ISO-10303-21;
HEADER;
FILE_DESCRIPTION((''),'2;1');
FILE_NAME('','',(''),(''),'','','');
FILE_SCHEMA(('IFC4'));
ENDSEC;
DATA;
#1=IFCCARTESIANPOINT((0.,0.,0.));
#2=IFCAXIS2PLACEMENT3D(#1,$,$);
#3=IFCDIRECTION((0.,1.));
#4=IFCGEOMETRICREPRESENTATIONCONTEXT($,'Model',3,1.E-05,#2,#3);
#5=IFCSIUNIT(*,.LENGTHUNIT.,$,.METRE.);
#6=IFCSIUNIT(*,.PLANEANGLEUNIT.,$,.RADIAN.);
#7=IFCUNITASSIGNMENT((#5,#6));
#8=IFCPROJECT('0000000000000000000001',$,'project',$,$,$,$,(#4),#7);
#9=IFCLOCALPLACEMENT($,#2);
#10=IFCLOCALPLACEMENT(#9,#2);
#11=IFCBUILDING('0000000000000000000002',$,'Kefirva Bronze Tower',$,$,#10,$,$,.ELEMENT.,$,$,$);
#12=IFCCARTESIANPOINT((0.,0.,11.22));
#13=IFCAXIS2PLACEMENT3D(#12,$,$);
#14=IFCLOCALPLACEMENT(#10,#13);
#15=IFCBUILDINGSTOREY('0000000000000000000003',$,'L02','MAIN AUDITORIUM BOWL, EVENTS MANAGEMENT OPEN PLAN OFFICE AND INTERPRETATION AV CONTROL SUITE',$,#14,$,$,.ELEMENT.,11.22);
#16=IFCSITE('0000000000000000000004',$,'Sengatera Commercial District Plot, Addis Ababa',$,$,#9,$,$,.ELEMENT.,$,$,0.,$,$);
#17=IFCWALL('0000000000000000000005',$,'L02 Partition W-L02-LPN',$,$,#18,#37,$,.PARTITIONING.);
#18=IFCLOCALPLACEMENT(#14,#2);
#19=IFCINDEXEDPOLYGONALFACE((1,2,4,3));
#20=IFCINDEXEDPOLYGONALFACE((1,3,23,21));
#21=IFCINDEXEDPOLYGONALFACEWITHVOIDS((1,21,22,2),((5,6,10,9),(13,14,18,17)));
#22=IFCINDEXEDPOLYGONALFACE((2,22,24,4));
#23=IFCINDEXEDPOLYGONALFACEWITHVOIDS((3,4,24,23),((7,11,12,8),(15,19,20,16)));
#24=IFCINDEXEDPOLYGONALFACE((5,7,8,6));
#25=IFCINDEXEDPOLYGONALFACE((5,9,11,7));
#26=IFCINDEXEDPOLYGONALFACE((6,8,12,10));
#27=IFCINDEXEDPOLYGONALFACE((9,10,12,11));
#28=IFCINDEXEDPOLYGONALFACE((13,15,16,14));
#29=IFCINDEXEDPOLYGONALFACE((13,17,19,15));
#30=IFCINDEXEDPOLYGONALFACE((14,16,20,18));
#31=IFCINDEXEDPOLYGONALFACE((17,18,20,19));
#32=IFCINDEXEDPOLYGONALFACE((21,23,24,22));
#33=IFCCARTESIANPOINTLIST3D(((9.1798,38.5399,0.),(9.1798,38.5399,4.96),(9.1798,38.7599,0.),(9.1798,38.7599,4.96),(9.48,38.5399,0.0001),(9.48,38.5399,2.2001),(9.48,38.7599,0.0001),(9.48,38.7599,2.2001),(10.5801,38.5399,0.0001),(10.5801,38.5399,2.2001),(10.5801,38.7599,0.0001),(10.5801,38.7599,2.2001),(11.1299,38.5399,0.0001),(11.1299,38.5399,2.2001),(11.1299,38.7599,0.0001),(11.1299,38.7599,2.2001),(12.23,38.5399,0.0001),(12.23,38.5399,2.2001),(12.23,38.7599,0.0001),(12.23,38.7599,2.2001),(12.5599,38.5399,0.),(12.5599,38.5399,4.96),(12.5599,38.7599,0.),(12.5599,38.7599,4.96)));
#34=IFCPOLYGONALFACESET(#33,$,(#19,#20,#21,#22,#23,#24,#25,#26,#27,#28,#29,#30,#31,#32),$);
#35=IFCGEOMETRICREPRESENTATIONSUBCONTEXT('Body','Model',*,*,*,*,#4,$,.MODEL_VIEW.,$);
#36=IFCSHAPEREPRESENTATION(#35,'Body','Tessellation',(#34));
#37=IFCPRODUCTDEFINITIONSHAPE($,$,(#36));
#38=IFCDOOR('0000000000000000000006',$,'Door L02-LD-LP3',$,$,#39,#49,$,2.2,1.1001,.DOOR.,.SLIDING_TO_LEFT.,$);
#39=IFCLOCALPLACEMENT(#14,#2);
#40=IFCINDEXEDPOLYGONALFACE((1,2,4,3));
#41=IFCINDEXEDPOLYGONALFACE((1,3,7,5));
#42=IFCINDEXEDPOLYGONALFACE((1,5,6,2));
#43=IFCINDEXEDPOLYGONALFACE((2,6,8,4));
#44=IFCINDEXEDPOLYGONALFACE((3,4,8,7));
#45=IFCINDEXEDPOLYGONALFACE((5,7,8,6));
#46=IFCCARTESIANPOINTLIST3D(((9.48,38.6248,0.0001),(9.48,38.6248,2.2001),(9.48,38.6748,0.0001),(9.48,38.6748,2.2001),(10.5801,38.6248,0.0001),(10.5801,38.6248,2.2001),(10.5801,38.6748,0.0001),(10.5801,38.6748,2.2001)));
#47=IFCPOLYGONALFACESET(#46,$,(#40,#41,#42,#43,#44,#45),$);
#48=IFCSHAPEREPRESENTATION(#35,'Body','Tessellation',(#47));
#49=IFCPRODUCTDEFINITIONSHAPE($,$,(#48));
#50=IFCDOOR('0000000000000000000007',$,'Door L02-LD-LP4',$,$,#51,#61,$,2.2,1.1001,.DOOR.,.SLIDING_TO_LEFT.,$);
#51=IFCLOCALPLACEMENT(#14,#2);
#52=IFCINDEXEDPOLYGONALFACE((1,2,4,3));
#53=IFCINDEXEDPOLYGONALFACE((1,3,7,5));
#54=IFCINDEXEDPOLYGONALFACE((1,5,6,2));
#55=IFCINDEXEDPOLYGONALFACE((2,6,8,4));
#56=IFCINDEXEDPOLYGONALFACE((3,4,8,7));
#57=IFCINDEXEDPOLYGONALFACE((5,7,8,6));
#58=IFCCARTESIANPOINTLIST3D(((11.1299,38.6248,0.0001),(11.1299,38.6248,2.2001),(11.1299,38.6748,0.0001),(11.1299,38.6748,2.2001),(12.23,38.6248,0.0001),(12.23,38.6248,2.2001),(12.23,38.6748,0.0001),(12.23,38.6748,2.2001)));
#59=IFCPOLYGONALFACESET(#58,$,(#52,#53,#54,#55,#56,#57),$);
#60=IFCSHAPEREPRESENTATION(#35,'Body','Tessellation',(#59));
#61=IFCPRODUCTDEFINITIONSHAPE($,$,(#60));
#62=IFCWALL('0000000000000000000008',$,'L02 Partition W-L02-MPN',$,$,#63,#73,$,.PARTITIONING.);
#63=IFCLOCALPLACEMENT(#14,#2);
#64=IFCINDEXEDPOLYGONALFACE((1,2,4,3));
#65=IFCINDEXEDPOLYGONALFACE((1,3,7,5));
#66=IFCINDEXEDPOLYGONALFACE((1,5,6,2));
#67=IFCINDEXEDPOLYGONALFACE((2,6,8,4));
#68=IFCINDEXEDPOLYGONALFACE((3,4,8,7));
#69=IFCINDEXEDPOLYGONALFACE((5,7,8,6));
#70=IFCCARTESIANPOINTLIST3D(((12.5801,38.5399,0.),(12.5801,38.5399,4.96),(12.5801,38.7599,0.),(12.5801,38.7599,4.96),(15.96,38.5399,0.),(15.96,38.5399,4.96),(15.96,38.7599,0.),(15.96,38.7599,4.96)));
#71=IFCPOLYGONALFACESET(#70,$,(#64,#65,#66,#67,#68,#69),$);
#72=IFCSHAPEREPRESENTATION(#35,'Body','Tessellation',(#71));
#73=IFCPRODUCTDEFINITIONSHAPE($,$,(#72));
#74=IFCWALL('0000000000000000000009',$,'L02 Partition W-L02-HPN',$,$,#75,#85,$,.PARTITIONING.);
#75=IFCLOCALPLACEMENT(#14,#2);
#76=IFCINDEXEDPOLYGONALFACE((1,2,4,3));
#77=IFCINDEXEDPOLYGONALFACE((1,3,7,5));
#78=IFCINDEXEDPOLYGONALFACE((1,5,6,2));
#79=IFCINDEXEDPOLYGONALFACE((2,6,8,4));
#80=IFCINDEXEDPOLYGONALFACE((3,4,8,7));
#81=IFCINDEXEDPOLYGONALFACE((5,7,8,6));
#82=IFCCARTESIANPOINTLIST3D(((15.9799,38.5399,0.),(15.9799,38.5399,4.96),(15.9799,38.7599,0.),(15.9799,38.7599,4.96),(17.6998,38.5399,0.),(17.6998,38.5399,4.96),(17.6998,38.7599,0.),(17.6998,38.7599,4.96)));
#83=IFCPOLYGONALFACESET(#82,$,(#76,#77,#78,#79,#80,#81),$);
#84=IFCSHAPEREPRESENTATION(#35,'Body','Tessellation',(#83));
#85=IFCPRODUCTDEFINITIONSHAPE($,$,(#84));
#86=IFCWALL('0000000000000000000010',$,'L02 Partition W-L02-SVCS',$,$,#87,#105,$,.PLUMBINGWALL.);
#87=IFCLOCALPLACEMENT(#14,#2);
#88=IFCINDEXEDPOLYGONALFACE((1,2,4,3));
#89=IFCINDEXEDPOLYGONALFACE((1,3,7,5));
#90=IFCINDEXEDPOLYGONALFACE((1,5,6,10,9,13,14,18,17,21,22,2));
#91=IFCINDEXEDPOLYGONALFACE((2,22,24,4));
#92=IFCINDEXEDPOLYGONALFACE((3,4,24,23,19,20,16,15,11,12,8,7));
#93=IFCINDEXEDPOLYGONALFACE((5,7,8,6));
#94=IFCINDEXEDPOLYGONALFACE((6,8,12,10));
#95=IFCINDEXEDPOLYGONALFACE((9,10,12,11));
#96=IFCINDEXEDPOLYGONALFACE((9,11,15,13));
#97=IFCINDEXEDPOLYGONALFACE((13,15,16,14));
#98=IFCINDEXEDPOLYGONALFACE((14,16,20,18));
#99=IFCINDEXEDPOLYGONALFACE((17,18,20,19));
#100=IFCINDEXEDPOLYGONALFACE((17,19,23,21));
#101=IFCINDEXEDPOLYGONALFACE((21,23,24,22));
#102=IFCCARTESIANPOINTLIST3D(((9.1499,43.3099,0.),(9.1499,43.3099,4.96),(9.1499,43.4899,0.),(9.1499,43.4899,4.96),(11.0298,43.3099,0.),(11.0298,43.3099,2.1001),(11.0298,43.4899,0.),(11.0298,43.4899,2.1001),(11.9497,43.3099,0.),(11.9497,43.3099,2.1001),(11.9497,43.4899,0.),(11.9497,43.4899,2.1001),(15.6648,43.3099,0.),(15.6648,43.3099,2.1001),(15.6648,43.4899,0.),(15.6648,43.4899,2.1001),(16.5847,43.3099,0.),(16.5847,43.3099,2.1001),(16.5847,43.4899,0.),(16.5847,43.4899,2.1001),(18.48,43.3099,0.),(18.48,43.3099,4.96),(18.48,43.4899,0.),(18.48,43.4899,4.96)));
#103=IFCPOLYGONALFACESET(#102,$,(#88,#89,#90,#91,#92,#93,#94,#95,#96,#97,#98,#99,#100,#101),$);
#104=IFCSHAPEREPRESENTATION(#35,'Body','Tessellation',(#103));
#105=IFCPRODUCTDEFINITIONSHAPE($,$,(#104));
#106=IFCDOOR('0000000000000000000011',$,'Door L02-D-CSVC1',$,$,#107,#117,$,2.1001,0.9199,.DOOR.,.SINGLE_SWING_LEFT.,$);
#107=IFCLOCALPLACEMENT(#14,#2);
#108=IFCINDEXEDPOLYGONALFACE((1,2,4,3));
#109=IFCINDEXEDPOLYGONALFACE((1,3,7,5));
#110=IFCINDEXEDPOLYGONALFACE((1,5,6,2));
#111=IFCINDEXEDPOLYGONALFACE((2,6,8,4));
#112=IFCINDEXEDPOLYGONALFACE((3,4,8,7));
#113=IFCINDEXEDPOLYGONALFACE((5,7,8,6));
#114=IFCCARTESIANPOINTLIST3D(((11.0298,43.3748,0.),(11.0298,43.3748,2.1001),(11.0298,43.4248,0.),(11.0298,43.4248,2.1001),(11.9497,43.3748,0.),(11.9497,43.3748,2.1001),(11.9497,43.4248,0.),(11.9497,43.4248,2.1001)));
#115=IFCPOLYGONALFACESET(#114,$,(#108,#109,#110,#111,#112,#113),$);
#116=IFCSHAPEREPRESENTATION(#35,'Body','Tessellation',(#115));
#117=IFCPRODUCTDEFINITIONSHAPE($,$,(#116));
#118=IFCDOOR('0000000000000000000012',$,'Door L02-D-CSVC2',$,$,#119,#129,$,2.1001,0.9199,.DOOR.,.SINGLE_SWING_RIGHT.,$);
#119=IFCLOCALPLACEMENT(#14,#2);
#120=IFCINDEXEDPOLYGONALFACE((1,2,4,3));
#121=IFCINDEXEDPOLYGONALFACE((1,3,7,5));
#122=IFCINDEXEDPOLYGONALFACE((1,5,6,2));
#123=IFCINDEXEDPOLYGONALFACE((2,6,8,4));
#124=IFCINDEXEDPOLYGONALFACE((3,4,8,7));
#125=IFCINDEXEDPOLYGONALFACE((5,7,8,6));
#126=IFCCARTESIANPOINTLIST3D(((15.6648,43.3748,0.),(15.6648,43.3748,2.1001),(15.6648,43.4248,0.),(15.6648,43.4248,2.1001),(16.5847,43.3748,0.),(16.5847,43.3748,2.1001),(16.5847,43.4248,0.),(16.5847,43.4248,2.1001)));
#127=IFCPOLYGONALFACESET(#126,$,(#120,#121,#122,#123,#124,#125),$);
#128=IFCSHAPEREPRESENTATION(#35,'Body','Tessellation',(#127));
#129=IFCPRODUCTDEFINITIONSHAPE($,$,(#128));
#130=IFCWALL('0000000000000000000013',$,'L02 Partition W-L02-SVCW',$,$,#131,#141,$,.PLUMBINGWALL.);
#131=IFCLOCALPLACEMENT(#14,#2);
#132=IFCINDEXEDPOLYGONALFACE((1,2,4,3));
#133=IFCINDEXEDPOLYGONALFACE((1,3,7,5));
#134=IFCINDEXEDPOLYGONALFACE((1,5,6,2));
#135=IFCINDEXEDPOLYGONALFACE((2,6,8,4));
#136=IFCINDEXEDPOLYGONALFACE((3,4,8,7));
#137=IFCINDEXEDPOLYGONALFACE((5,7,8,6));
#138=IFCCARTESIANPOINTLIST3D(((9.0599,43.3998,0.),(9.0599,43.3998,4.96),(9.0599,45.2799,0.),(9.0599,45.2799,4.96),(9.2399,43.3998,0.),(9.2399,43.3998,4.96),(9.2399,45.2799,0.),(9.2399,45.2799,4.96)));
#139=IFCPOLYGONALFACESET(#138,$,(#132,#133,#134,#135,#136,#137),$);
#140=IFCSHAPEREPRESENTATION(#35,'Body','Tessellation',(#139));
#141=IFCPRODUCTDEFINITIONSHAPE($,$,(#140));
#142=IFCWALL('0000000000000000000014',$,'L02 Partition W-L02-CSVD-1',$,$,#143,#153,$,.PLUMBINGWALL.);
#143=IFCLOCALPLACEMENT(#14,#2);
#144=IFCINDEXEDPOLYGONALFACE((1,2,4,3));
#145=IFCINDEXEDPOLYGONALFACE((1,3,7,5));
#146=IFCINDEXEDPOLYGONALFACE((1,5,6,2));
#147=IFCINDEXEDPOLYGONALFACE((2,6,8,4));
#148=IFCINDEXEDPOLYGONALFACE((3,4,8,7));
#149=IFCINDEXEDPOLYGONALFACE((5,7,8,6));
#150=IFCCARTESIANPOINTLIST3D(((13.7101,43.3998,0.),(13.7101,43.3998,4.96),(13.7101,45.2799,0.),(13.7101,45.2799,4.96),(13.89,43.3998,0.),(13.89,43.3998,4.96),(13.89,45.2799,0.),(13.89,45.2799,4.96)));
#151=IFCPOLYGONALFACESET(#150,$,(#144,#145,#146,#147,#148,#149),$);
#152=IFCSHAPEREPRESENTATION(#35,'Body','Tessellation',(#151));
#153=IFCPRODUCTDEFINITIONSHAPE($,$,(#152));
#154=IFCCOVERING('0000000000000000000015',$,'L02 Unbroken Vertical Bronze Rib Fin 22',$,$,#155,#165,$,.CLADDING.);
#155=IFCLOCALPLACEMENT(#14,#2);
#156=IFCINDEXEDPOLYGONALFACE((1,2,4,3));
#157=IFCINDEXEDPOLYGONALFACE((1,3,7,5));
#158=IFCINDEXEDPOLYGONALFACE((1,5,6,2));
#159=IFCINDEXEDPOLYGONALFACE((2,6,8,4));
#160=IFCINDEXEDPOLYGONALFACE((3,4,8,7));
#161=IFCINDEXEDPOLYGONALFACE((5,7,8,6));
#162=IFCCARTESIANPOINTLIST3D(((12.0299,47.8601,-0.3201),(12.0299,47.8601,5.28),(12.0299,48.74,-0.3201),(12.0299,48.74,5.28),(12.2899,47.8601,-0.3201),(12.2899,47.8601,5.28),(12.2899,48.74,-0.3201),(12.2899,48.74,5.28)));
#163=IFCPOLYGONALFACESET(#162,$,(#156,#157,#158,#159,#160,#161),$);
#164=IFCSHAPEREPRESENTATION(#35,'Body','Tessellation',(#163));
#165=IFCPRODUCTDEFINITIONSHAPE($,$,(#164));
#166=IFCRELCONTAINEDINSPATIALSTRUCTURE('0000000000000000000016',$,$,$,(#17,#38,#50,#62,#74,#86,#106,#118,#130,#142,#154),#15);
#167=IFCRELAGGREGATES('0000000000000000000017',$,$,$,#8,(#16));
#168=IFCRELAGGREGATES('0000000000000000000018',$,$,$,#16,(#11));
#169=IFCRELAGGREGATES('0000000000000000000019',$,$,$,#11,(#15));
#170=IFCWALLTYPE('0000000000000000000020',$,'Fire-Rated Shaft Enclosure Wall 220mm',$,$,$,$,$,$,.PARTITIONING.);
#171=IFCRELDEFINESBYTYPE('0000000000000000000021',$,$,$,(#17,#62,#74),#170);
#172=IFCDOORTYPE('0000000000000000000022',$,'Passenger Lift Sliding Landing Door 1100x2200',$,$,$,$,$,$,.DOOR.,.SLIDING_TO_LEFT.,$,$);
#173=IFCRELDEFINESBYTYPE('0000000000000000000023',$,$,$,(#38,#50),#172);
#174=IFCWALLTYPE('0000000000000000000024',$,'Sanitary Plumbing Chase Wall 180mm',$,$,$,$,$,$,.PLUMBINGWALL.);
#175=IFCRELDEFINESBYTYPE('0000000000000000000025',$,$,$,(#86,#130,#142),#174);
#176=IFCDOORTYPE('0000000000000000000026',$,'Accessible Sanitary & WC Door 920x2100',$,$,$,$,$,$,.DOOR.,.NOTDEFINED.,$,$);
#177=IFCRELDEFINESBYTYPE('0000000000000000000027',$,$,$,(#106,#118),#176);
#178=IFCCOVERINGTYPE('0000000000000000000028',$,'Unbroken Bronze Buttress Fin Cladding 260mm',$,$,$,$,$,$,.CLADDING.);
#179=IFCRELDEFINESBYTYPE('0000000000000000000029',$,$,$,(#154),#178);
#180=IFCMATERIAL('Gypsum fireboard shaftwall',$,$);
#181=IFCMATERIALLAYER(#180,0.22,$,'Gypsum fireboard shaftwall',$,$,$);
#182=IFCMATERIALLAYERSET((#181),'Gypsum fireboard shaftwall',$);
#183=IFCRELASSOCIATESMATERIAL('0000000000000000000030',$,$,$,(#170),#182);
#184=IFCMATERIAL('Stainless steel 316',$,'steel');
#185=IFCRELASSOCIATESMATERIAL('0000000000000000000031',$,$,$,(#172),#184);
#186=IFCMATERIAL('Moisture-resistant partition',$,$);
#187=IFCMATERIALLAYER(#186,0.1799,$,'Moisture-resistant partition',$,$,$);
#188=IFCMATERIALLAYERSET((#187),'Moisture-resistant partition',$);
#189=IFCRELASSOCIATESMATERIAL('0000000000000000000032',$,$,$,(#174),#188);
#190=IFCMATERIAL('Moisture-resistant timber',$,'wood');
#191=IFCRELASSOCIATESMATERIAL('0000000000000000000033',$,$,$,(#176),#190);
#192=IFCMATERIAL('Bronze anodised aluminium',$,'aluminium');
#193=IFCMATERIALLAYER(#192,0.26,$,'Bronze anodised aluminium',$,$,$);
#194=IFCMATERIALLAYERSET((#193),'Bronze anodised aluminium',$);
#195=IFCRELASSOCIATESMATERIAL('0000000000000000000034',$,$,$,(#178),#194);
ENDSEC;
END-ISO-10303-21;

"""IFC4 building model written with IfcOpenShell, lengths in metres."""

from ifc_helpers import new_model, si_unit, direction, frame, frame_2d, origin, origin_2d, place, context, subcontext, project, spatial, rectangle, extrude, material, layer, layer_set, type_object, element, fill, save


model = new_model("IFC4")

# Units and contexts
model_context = context("Model", 3, precision=1e-05, world=origin(), true_north=direction((0.0, 1.0)))
body_context = subcontext(model_context, "Body", "Model", "MODEL_VIEW")
ifc_project = project(units=[si_unit("LENGTHUNIT", "METRE"), si_unit("PLANEANGLEUNIT", "RADIAN")], contexts=[model_context])

# Site, building, storey
site_placement = place(None, origin())
site = spatial("IfcSite", under=ifc_project, at=site_placement, Name="Sengatera Commercial District Plot, Addis Ababa", CompositionType="ELEMENT", RefElevation=0.0)
building_placement = place(site_placement, origin())
building = spatial("IfcBuilding", under=site, at=building_placement, Name="Kefirva Bronze Tower", CompositionType="ELEMENT")
storey_placement = place(building_placement, frame((0.0, 0.0, 11.22)))
storey = spatial("IfcBuildingStorey", under=building, at=storey_placement, Name="L02", Description="MAIN AUDITORIUM BOWL, EVENTS MANAGEMENT OPEN PLAN OFFICE AND INTERPRETATION AV CONTROL SUITE", CompositionType="ELEMENT", Elevation=11.22)

# Shared definitions
ifc_material_1 = material(Name="Bronze anodised aluminium", Category="aluminium")

# Shared definitions
ifc_material_2 = material(Name="Gypsum fireboard shaftwall")
ifc_layer_1 = layer(ifc_material_2, 0.22, Name="Gypsum fireboard shaftwall")
ifc_layer_set_1 = layer_set([ifc_layer_1], Name="Gypsum fireboard shaftwall")
wall_type_1 = type_object("IfcWallType", Name="Fire-Rated Shaft Enclosure Wall 220mm", PredefinedType="PARTITIONING", material=ifc_layer_set_1)

# Wall, openings, doors
wall_1_placement = place(storey_placement, frame((9.1799, 38.6499, 0.0), z_axis=(0.0, 0.0, 1.0), x_axis=(1.0, 0.0, 0.0)))
wall_1 = element("IfcWall", 1, at=wall_1_placement, inside=storey, type_object=wall_type_1, Name="L02 Partition W-L02-LPN", PredefinedType="PARTITIONING", context=body_context, shape_type="SweptSolid", body=[
    extrude(rectangle(XDim=3.3801, YDim=0.22, at=frame_2d((1.6899, 0.0))), origin(), (0.0, 0.0, 1.0), 4.96),
])
opening_1_placement = place(wall_1_placement, frame((0.3, 0.0, 0.0)))
opening_1 = element("IfcOpeningElement", 2, at=opening_1_placement, cuts=wall_1, PredefinedType="OPENING", context=body_context, shape_type="SweptSolid", body=[
    extrude(rectangle(XDim=1.1001, YDim=2.2, at=frame_2d((0.55, 1.1001))), frame((0.0, 0.1201, 0.0), z_axis=(0.0, -1.0, 0.0), x_axis=(1.0, 0.0, 0.0)), (0.0, 0.0, 1.0), 0.24),
])
opening_2_placement = place(wall_1_placement, frame((1.95, 0.0, 0.0)))
opening_2 = element("IfcOpeningElement", 3, at=opening_2_placement, cuts=wall_1, PredefinedType="OPENING", context=body_context, shape_type="SweptSolid", body=[
    extrude(rectangle(XDim=1.1001, YDim=2.2, at=frame_2d((0.55, 1.1001))), frame((0.0, 0.1201, 0.0), z_axis=(0.0, -1.0, 0.0), x_axis=(1.0, 0.0, 0.0)), (0.0, 0.0, 1.0), 0.24),
])
ifc_material_3 = material(Name="Stainless steel 316", Category="steel")
door_type_1 = type_object("IfcDoorType", Name="Passenger Lift Sliding Landing Door 1100x2200", OperationType="SLIDING_TO_LEFT", PredefinedType="DOOR", material=ifc_material_3)
door_1_placement = place(opening_1_placement, origin())
door_1 = element("IfcDoor", 4, at=door_1_placement, inside=storey, type_object=door_type_1, Name="Door L02-LD-LP3", OperationType="SLIDING_TO_LEFT", OverallHeight=2.2, OverallWidth=1.1001, PredefinedType="DOOR", context=body_context, shape_type="SweptSolid", body=[
    extrude(rectangle(XDim=1.1001, YDim=2.2, at=frame_2d((0.55, 1.1001))), frame((0.0, 0.0249, 0.0), z_axis=(0.0, -1.0, 0.0), x_axis=(1.0, 0.0, 0.0)), (0.0, 0.0, 1.0), 0.05),
])
fill(opening_1, door_1)
door_2_placement = place(opening_2_placement, origin())
door_2 = element("IfcDoor", 5, at=door_2_placement, inside=storey, type_object=door_type_1, Name="Door L02-LD-LP4", OperationType="SLIDING_TO_LEFT", OverallHeight=2.2, OverallWidth=1.1001, PredefinedType="DOOR", context=body_context, shape_type="SweptSolid", body=[
    extrude(rectangle(XDim=1.1001, YDim=2.2, at=frame_2d((0.55, 1.1001))), frame((0.0, 0.0249, 0.0), z_axis=(0.0, -1.0, 0.0), x_axis=(1.0, 0.0, 0.0)), (0.0, 0.0, 1.0), 0.05),
])
fill(opening_2, door_2)

# Walls
wall_2_placement = place(storey_placement, frame((12.5801, 38.6499, 0.0), z_axis=(0.0, 0.0, 1.0), x_axis=(1.0, 0.0, 0.0)))
element("IfcWall", 6, at=wall_2_placement, inside=storey, type_object=wall_type_1, Name="L02 Partition W-L02-MPN", PredefinedType="PARTITIONING", context=body_context, shape_type="SweptSolid", body=[
    extrude(rectangle(XDim=3.3799, YDim=0.22, at=frame_2d((1.6899, 0.0))), origin(), (0.0, 0.0, 1.0), 4.96),
])
wall_3_placement = place(storey_placement, frame((15.98, 38.6499, 0.0), z_axis=(0.0, 0.0, 1.0), x_axis=(1.0, 0.0, 0.0)))
element("IfcWall", 7, at=wall_3_placement, inside=storey, type_object=wall_type_1, Name="L02 Partition W-L02-HPN", PredefinedType="PARTITIONING", context=body_context, shape_type="SweptSolid", body=[
    extrude(rectangle(XDim=1.72, YDim=0.22, at=frame_2d((0.8599, 0.0))), origin(), (0.0, 0.0, 1.0), 4.96),
])

# Wall, openings, doors
ifc_material_4 = material(Name="Moisture-resistant partition")
ifc_layer_2 = layer(ifc_material_4, 0.1799, Name="Moisture-resistant partition")
ifc_layer_set_2 = layer_set([ifc_layer_2], Name="Moisture-resistant partition")
wall_type_2 = type_object("IfcWallType", Name="Sanitary Plumbing Chase Wall 180mm", PredefinedType="PLUMBINGWALL", material=ifc_layer_set_2)
wall_4_placement = place(storey_placement, frame((9.1499, 43.3999, 0.0), z_axis=(0.0, 0.0, 1.0), x_axis=(1.0, 0.0, 0.0)))
wall_4 = element("IfcWall", 8, at=wall_4_placement, inside=storey, type_object=wall_type_2, Name="L02 Partition W-L02-SVCS", PredefinedType="PLUMBINGWALL", context=body_context, shape_type="SweptSolid", body=[
    extrude(rectangle(XDim=9.3301, YDim=0.1799, at=frame_2d((4.665, 0.0))), origin(), (0.0, 0.0, 1.0), 4.96),
])
opening_3_placement = place(wall_4_placement, frame((1.8799, 0.0, 0.0)))
opening_3 = element("IfcOpeningElement", 9, at=opening_3_placement, cuts=wall_4, PredefinedType="OPENING", context=body_context, shape_type="SweptSolid", body=[
    extrude(rectangle(XDim=0.9199, YDim=2.1001, at=frame_2d((0.46, 1.05))), frame((0.0, 0.1001, 0.0), z_axis=(0.0, -1.0, 0.0), x_axis=(1.0, 0.0, 0.0)), (0.0, 0.0, 1.0), 0.2),
])
opening_4_placement = place(wall_4_placement, frame((6.5149, 0.0, 0.0)))
opening_4 = element("IfcOpeningElement", 10, at=opening_4_placement, cuts=wall_4, PredefinedType="OPENING", context=body_context, shape_type="SweptSolid", body=[
    extrude(rectangle(XDim=0.9199, YDim=2.1001, at=frame_2d((0.46, 1.05))), frame((0.0, 0.1001, 0.0), z_axis=(0.0, -1.0, 0.0), x_axis=(1.0, 0.0, 0.0)), (0.0, 0.0, 1.0), 0.2),
])
ifc_material_5 = material(Name="Moisture-resistant timber", Category="wood")
door_type_2 = type_object("IfcDoorType", Name="Accessible Sanitary & WC Door 920x2100", OperationType="NOTDEFINED", PredefinedType="DOOR", material=ifc_material_5)
door_3_placement = place(opening_3_placement, origin())
door_3 = element("IfcDoor", 11, at=door_3_placement, inside=storey, type_object=door_type_2, Name="Door L02-D-CSVC1", OperationType="SINGLE_SWING_LEFT", OverallHeight=2.1001, OverallWidth=0.9199, PredefinedType="DOOR", context=body_context, shape_type="SweptSolid", body=[
    extrude(rectangle(XDim=0.9199, YDim=2.1001, at=frame_2d((0.46, 1.05))), frame((0.0, 0.0249, 0.0), z_axis=(0.0, -1.0, 0.0), x_axis=(1.0, 0.0, 0.0)), (0.0, 0.0, 1.0), 0.05),
])
fill(opening_3, door_3)
door_4_placement = place(opening_4_placement, origin())
door_4 = element("IfcDoor", 12, at=door_4_placement, inside=storey, type_object=door_type_2, Name="Door L02-D-CSVC2", OperationType="SINGLE_SWING_RIGHT", OverallHeight=2.1001, OverallWidth=0.9199, PredefinedType="DOOR", context=body_context, shape_type="SweptSolid", body=[
    extrude(rectangle(XDim=0.9199, YDim=2.1001, at=frame_2d((0.46, 1.05))), frame((0.0, 0.0249, 0.0), z_axis=(0.0, -1.0, 0.0), x_axis=(1.0, 0.0, 0.0)), (0.0, 0.0, 1.0), 0.05),
])
fill(opening_4, door_4)

# Walls
for number, where, z_axis, x_axis, name in (
    (13, (9.1499, 43.3999, 0.0), (0.0, 0.0, 1.0), (0.0, 1.0, 0.0), "L02 Partition W-L02-SVCW"),
    (14, (13.8, 43.3999, 0.0), (0.0, 0.0, 1.0), (0.0, 1.0, 0.0), "L02 Partition W-L02-CSVD-1"),
):
    element("IfcWall", number, at=place(storey_placement, frame(where, z_axis=z_axis, x_axis=x_axis)), inside=storey, type_object=wall_type_2, Name=name, PredefinedType="PLUMBINGWALL", context=body_context, shape_type="SweptSolid", body=[
        extrude(rectangle(XDim=1.8801, YDim=0.1799, at=frame_2d((0.9399, 0.0))), origin(), (0.0, 0.0, 1.0), 4.96),
    ])

# Covering
ifc_layer_3 = layer(ifc_material_1, 0.26, Name="Bronze anodised aluminium")
ifc_layer_set_3 = layer_set([ifc_layer_3], Name="Bronze anodised aluminium")
covering_type = type_object("IfcCoveringType", Name="Unbroken Bronze Buttress Fin Cladding 260mm", PredefinedType="CLADDING", material=ifc_layer_set_3)
covering_placement = place(storey_placement, frame((12.1599, 48.3, -0.3201), z_axis=(0.0, 0.0, 1.0), x_axis=(-1.0, 0.0, 0.0)))
element("IfcCovering", 15, at=covering_placement, inside=storey, type_object=covering_type, Name="L02 Unbroken Vertical Bronze Rib Fin 22", PredefinedType="CLADDING", context=body_context, shape_type="SweptSolid", body=[
    extrude(rectangle(XDim=0.26, YDim=0.8799, at=origin_2d()), origin(), (0.0, 0.0, 1.0), 5.6001),
])

save(model, "model.ifc")
